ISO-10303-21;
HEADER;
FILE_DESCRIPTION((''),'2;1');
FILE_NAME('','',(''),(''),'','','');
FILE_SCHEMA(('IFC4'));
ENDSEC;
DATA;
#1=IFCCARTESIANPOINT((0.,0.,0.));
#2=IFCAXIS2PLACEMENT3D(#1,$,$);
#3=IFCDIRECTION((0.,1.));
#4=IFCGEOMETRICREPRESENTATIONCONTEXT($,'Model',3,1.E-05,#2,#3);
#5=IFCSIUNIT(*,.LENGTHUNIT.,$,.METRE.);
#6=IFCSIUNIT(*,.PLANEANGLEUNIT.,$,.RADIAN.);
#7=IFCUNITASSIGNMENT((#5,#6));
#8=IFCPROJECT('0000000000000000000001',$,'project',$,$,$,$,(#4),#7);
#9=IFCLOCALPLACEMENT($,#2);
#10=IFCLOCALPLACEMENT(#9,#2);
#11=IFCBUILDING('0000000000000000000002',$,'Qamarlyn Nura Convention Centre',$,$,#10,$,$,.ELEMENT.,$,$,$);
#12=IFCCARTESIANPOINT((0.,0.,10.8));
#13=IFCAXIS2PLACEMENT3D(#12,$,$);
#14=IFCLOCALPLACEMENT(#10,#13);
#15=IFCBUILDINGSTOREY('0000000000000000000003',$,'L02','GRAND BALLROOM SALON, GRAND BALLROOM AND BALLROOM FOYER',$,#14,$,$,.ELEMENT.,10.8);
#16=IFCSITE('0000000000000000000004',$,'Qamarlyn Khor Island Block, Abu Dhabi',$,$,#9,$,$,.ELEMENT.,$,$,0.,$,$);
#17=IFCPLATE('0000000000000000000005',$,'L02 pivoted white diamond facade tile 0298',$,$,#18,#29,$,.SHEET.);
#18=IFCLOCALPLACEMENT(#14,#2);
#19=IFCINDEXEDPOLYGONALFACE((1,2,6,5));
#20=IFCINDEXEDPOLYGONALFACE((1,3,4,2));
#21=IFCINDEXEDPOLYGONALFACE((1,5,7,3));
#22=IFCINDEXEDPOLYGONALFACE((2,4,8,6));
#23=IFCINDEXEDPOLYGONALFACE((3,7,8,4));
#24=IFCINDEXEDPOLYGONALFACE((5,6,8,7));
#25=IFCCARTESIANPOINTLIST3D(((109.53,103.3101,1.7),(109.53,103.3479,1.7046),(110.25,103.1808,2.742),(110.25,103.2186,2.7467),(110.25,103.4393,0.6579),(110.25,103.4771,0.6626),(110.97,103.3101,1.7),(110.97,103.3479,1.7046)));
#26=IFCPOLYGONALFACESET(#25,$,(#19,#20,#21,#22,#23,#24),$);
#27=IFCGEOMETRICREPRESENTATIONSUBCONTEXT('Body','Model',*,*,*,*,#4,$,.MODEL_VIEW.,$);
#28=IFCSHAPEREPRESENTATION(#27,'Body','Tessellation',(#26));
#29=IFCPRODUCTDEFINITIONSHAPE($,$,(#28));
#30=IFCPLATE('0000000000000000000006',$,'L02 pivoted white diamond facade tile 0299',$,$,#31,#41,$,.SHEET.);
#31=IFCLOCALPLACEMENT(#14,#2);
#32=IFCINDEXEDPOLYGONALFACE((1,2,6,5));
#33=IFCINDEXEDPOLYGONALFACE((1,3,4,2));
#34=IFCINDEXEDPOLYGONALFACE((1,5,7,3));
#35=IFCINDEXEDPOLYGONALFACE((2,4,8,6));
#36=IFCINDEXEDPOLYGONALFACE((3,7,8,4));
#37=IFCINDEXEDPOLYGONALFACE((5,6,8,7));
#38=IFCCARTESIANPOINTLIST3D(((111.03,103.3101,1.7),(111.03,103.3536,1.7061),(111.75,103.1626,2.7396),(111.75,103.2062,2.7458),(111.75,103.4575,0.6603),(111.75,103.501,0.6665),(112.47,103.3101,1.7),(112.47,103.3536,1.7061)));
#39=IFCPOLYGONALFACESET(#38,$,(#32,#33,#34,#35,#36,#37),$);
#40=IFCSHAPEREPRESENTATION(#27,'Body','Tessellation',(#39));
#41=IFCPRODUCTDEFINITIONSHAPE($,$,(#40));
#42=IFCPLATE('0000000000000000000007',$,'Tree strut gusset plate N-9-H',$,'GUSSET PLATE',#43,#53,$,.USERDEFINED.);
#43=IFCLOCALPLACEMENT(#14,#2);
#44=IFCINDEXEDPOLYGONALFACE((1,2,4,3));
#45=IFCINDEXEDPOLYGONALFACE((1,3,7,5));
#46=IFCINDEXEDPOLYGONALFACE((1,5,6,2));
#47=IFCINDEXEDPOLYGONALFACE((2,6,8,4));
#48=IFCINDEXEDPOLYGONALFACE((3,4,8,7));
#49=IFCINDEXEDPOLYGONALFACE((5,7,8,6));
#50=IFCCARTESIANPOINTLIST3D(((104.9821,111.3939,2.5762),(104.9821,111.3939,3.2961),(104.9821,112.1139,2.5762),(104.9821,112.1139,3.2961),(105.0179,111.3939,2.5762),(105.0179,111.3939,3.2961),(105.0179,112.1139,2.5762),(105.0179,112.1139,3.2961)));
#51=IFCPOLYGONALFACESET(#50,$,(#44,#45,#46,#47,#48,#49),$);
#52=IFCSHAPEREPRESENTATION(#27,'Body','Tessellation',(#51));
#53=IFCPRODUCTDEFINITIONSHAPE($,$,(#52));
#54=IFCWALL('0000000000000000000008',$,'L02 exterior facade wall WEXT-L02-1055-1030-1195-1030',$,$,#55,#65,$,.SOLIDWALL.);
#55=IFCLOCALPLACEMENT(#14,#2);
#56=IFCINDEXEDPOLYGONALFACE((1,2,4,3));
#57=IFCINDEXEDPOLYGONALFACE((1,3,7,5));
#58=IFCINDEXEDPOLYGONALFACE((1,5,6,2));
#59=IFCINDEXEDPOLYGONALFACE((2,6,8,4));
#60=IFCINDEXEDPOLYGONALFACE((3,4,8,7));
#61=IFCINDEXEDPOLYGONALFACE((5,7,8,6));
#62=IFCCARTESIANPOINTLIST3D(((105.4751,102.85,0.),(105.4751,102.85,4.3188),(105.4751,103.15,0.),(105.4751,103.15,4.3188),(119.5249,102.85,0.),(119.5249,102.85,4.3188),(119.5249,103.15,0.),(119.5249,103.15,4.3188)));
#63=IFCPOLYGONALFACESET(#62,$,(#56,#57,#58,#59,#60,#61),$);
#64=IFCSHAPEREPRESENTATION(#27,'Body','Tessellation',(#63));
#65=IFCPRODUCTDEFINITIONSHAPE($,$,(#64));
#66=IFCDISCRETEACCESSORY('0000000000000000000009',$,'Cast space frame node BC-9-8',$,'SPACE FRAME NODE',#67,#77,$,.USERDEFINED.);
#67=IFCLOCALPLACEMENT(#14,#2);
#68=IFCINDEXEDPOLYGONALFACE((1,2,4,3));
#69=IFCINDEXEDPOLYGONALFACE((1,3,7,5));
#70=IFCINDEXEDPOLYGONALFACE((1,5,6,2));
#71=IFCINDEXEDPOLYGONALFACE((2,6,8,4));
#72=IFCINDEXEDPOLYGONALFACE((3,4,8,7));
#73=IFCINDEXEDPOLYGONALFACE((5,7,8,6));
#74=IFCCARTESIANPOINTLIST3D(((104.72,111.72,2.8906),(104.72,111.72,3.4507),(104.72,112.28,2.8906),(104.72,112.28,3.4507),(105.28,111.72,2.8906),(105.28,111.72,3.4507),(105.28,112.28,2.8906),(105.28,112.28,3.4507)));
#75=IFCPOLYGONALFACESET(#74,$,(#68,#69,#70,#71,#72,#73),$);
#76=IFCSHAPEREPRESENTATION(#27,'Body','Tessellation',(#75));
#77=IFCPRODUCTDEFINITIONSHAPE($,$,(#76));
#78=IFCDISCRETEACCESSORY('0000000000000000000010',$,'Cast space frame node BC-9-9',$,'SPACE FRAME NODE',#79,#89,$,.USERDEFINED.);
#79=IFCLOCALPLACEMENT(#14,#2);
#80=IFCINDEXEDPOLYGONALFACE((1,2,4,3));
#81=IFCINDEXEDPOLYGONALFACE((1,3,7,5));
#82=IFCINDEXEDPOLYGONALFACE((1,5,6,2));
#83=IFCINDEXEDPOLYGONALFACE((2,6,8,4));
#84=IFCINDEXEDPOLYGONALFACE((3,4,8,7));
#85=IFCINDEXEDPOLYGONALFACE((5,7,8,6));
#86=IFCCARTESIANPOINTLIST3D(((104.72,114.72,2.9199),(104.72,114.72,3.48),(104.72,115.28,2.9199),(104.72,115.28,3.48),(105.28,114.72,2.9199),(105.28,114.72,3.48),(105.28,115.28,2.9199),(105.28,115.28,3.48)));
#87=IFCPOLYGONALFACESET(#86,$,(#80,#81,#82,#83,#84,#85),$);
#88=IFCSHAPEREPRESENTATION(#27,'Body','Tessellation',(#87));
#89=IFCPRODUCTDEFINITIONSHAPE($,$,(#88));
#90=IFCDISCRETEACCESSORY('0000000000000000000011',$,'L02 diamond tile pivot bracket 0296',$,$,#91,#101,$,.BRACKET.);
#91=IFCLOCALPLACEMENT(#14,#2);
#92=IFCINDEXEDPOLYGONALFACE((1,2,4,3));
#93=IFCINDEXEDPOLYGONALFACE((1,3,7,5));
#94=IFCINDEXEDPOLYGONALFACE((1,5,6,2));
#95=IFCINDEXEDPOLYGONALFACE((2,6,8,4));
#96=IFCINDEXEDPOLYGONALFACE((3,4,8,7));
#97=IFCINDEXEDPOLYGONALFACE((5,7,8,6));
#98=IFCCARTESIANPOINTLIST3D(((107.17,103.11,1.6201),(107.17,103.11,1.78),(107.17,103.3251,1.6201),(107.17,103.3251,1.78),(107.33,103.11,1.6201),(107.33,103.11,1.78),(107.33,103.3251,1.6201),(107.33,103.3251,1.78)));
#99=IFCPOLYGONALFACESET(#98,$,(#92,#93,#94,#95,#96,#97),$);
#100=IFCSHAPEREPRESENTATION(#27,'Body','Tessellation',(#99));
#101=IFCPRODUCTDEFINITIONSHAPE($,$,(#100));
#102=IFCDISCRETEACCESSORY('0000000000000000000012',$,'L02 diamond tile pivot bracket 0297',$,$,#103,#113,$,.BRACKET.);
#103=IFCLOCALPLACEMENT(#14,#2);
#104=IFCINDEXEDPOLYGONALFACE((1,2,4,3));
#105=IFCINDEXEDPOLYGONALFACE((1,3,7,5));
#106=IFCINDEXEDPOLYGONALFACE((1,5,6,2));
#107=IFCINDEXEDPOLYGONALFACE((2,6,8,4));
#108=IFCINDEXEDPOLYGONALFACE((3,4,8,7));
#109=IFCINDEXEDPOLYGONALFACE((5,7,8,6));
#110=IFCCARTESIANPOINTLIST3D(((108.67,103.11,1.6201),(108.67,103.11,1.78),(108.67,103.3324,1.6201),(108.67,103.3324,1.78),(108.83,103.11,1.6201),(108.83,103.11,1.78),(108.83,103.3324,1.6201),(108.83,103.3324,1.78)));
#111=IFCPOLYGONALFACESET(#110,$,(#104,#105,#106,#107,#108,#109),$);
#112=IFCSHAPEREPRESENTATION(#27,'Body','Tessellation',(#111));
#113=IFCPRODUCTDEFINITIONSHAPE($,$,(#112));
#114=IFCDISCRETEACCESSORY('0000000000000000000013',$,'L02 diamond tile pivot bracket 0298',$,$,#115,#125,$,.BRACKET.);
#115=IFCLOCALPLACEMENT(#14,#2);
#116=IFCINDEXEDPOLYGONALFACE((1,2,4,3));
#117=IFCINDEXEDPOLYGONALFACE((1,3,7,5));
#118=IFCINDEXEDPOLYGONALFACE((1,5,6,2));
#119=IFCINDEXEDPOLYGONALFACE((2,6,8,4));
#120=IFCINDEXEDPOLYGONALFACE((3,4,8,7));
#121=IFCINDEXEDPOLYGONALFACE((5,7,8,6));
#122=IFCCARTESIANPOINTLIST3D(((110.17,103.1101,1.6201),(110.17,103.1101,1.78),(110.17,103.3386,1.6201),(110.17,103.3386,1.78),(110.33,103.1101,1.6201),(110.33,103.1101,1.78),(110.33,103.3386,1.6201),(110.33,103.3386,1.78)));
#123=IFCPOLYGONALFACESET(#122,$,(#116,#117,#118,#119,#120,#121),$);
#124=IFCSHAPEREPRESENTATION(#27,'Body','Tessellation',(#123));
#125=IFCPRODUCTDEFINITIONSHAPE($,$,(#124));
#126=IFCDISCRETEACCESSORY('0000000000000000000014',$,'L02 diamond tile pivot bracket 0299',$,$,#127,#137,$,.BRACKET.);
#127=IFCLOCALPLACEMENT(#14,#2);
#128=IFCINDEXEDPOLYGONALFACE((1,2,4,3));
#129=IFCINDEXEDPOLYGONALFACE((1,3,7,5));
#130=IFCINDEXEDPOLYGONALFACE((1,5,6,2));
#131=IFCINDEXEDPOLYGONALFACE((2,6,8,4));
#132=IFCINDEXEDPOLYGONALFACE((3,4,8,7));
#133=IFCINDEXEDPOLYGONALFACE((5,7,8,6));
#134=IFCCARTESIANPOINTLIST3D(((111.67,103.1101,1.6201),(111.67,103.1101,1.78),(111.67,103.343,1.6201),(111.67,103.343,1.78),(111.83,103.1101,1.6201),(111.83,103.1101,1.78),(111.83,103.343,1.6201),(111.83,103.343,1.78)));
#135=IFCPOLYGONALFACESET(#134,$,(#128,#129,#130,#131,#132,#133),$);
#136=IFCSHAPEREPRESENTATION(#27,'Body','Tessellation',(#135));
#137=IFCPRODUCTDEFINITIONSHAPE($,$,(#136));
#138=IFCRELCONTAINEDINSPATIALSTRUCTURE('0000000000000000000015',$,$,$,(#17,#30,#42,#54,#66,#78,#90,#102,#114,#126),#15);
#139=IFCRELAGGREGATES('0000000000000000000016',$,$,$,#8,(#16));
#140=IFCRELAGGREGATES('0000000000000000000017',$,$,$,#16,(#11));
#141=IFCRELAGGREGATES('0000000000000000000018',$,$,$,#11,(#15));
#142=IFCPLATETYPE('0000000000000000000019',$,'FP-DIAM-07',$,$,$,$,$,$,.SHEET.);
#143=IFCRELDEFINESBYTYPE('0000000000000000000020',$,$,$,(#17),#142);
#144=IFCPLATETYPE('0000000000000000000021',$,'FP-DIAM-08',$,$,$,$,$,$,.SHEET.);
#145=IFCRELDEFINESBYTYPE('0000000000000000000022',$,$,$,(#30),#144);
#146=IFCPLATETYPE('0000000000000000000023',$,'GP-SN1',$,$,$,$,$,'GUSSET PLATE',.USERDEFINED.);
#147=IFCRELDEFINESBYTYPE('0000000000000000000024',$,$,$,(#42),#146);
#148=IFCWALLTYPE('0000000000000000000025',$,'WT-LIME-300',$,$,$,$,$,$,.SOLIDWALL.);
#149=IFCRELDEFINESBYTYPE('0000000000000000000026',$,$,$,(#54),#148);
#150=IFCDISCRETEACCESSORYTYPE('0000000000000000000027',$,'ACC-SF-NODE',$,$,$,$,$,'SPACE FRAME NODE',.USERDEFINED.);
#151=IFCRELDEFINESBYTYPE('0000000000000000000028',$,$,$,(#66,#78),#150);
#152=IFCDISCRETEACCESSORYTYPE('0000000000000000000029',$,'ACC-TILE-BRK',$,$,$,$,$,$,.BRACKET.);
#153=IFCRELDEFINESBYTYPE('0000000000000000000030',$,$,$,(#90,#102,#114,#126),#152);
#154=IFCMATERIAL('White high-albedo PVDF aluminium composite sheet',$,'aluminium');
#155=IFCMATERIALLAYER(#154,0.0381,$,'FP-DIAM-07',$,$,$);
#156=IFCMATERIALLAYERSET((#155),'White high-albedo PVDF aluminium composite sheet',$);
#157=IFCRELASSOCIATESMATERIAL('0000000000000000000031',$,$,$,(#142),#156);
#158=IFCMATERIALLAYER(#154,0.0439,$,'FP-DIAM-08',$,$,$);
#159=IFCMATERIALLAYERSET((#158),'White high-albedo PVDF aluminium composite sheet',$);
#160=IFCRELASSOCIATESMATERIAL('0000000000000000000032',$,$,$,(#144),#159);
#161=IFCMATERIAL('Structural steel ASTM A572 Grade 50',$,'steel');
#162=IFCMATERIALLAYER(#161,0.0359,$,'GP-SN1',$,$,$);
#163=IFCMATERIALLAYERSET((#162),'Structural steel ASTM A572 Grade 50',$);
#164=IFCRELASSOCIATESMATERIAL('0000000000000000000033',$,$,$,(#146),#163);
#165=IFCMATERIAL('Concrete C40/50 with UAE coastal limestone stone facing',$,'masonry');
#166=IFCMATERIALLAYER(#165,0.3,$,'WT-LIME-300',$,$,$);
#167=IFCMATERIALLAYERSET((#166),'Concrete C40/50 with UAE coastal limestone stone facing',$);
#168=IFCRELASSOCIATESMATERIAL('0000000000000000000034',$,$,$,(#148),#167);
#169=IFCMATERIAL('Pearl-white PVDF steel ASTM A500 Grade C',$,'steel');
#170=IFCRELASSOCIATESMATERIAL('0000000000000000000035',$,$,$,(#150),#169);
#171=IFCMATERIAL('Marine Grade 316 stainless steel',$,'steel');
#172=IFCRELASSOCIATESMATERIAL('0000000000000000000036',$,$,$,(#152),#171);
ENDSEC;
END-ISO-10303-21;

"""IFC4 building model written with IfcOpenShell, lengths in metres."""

from ifc_helpers import new_model, si_unit, direction, frame, frame_2d, origin, origin_2d, place, context, subcontext, project, spatial, polyline, rectangle, outline, extrude, material, layer, layer_set, type_object, element, save


model = new_model("IFC4")

# Units and contexts
model_context = context("Model", 3, precision=1e-05, world=origin(), true_north=direction((0.0, 1.0)))
body_context = subcontext(model_context, "Body", "Model", "MODEL_VIEW")
ifc_project = project(units=[si_unit("LENGTHUNIT", "METRE"), si_unit("PLANEANGLEUNIT", "RADIAN")], contexts=[model_context])

# Site, building, storey
site_placement = place(None, origin())
site = spatial("IfcSite", under=ifc_project, at=site_placement, Name="Qamarlyn Khor Island Block, Abu Dhabi", CompositionType="ELEMENT", RefElevation=0.0)
building_placement = place(site_placement, origin())
building = spatial("IfcBuilding", under=site, at=building_placement, Name="Qamarlyn Nura Convention Centre", CompositionType="ELEMENT")
storey_placement = place(building_placement, frame((0.0, 0.0, 10.8)))
storey = spatial("IfcBuildingStorey", under=building, at=storey_placement, Name="L02", Description="GRAND BALLROOM SALON, GRAND BALLROOM AND BALLROOM FOYER", CompositionType="ELEMENT", Elevation=10.8)

# Shared definitions
ifc_material_1 = material(Name="Pearl-white PVDF steel ASTM A500 Grade C", Category="steel")

# Plates
ifc_material_2 = material(Name="White high-albedo PVDF aluminium composite sheet", Category="aluminium")
ifc_layer_1 = layer(ifc_material_2, 0.0381, Name="FP-DIAM-07")
ifc_layer_set_1 = layer_set([ifc_layer_1], Name="White high-albedo PVDF aluminium composite sheet")
plate_type_1 = type_object("IfcPlateType", Name="FP-DIAM-07", PredefinedType="SHEET", material=ifc_layer_set_1)
plate_1_placement = place(storey_placement, frame((110.25, 103.3101, 1.7), z_axis=(0.0, 0.992397, 0.123082), x_axis=(-1.0, 0.0, 0.0)))
element("IfcPlate", 1, at=plate_1_placement, inside=storey, type_object=plate_type_1, Name="L02 pivoted white diamond facade tile 0298", PredefinedType="SHEET", context=body_context, shape_type="SweptSolid", body=[
    extrude(outline(polyline([(-0.72, 0.0), (0.0, -1.05), (0.72, 0.0), (0.0, 1.05), (-0.72, 0.0)])), origin(), (0.0, 0.0, 1.0), 0.0381),
])
ifc_layer_2 = layer(ifc_material_2, 0.0439, Name="FP-DIAM-08")
ifc_layer_set_2 = layer_set([ifc_layer_2], Name="White high-albedo PVDF aluminium composite sheet")
plate_type_2 = type_object("IfcPlateType", Name="FP-DIAM-08", PredefinedType="SHEET", material=ifc_layer_set_2)
plate_2_placement = place(storey_placement, frame((111.75, 103.3101, 1.7), z_axis=(0.0, 0.990097, 0.140383), x_axis=(-1.0, 0.0, 0.0)))
element("IfcPlate", 2, at=plate_2_placement, inside=storey, type_object=plate_type_2, Name="L02 pivoted white diamond facade tile 0299", PredefinedType="SHEET", context=body_context, shape_type="SweptSolid", body=[
    extrude(outline(polyline([(-0.72, 0.0), (0.0, -1.05), (0.72, 0.0), (0.0, 1.05), (-0.72, 0.0)])), origin(), (0.0, 0.0, 1.0), 0.0439),
])
ifc_material_3 = material(Name="Structural steel ASTM A572 Grade 50", Category="steel")
ifc_layer_3 = layer(ifc_material_3, 0.0359, Name="GP-SN1")
ifc_layer_set_3 = layer_set([ifc_layer_3], Name="Structural steel ASTM A572 Grade 50")
plate_type_3 = type_object("IfcPlateType", Name="GP-SN1", ElementType="GUSSET PLATE", PredefinedType="USERDEFINED", material=ifc_layer_set_3)
plate_3_placement = place(storey_placement, frame((105.0, 111.7539, 2.5762), z_axis=(0.0, 0.0, 1.0), x_axis=(0.0, 1.0, 0.0)))
element("IfcPlate", 3, at=plate_3_placement, inside=storey, type_object=plate_type_3, Name="Tree strut gusset plate N-9-H", ObjectType="GUSSET PLATE", PredefinedType="USERDEFINED", context=body_context, shape_type="SweptSolid", body=[
    extrude(rectangle(XDim=0.72, YDim=0.0359, at=origin_2d()), origin(), (0.0, 0.0, 1.0), 0.72),
])

# Wall
ifc_material_4 = material(Name="Concrete C40/50 with UAE coastal limestone stone facing", Category="masonry")
ifc_layer_4 = layer(ifc_material_4, 0.3, Name="WT-LIME-300")
ifc_layer_set_4 = layer_set([ifc_layer_4], Name="Concrete C40/50 with UAE coastal limestone stone facing")
wall_type = type_object("IfcWallType", Name="WT-LIME-300", PredefinedType="SOLIDWALL", material=ifc_layer_set_4)
wall_placement = place(storey_placement, frame((105.4751, 103.0, 0.0), z_axis=(0.0, 0.0, 1.0), x_axis=(1.0, 0.0, 0.0)))
element("IfcWall", 4, at=wall_placement, inside=storey, type_object=wall_type, Name="L02 exterior facade wall WEXT-L02-1055-1030-1195-1030", PredefinedType="SOLIDWALL", context=body_context, shape_type="SweptSolid", body=[
    extrude(rectangle(XDim=14.0498, YDim=0.3, at=frame_2d((7.0249, 0.0))), origin(), (0.0, 0.0, 1.0), 4.3188),
])

# Discrete accessories
discrete_accessory_type_1 = type_object("IfcDiscreteAccessoryType", Name="ACC-SF-NODE", ElementType="SPACE FRAME NODE", PredefinedType="USERDEFINED", material=ifc_material_1)
for number, where, z_axis, x_axis, name in (
    (5, (105.0, 112.0, 2.8906), (0.0, 0.0, 1.0), (1.0, 0.0, 0.0), "Cast space frame node BC-9-8"),
    (6, (105.0, 115.0, 2.9199), (0.0, 0.0, 1.0), (1.0, 0.0, 0.0), "Cast space frame node BC-9-9"),
):
    element("IfcDiscreteAccessory", number, at=place(storey_placement, frame(where, z_axis=z_axis, x_axis=x_axis)), inside=storey, type_object=discrete_accessory_type_1, Name=name, ObjectType="SPACE FRAME NODE", PredefinedType="USERDEFINED", context=body_context, shape_type="SweptSolid", body=[
        extrude(rectangle(XDim=0.5601, YDim=0.5601, at=origin_2d()), origin(), (0.0, 0.0, 1.0), 0.5601),
    ])
ifc_material_5 = material(Name="Marine Grade 316 stainless steel", Category="steel")
discrete_accessory_type_2 = type_object("IfcDiscreteAccessoryType", Name="ACC-TILE-BRK", PredefinedType="BRACKET", material=ifc_material_5)
discrete_accessory_1_placement = place(storey_placement, frame((107.25, 103.2175, 1.6201), z_axis=(0.0, 0.0, 1.0), x_axis=(0.0, 1.0, 0.0)))
element("IfcDiscreteAccessory", 7, at=discrete_accessory_1_placement, inside=storey, type_object=discrete_accessory_type_2, Name="L02 diamond tile pivot bracket 0296", PredefinedType="BRACKET", context=body_context, shape_type="SweptSolid", body=[
    extrude(rectangle(XDim=0.2151, YDim=0.1599, at=origin_2d()), origin(), (0.0, 0.0, 1.0), 0.1599),
])
discrete_accessory_2_placement = place(storey_placement, frame((108.75, 103.2212, 1.6201), z_axis=(0.0, 0.0, 1.0), x_axis=(0.0, 1.0, 0.0)))
element("IfcDiscreteAccessory", 8, at=discrete_accessory_2_placement, inside=storey, type_object=discrete_accessory_type_2, Name="L02 diamond tile pivot bracket 0297", PredefinedType="BRACKET", context=body_context, shape_type="SweptSolid", body=[
    extrude(rectangle(XDim=0.2224, YDim=0.1599, at=origin_2d()), origin(), (0.0, 0.0, 1.0), 0.1599),
])
discrete_accessory_3_placement = place(storey_placement, frame((110.25, 103.2244, 1.6201), z_axis=(0.0, 0.0, 1.0), x_axis=(0.0, 1.0, 0.0)))
element("IfcDiscreteAccessory", 9, at=discrete_accessory_3_placement, inside=storey, type_object=discrete_accessory_type_2, Name="L02 diamond tile pivot bracket 0298", PredefinedType="BRACKET", context=body_context, shape_type="SweptSolid", body=[
    extrude(rectangle(XDim=0.2285, YDim=0.1599, at=origin_2d()), origin(), (0.0, 0.0, 1.0), 0.1599),
])
discrete_accessory_4_placement = place(storey_placement, frame((111.75, 103.2266, 1.6201), z_axis=(0.0, 0.0, 1.0), x_axis=(0.0, 1.0, 0.0)))
element("IfcDiscreteAccessory", 10, at=discrete_accessory_4_placement, inside=storey, type_object=discrete_accessory_type_2, Name="L02 diamond tile pivot bracket 0299", PredefinedType="BRACKET", context=body_context, shape_type="SweptSolid", body=[
    extrude(rectangle(XDim=0.2329, YDim=0.1599, at=origin_2d()), origin(), (0.0, 0.0, 1.0), 0.1599),
])

save(model, "model.ifc")
